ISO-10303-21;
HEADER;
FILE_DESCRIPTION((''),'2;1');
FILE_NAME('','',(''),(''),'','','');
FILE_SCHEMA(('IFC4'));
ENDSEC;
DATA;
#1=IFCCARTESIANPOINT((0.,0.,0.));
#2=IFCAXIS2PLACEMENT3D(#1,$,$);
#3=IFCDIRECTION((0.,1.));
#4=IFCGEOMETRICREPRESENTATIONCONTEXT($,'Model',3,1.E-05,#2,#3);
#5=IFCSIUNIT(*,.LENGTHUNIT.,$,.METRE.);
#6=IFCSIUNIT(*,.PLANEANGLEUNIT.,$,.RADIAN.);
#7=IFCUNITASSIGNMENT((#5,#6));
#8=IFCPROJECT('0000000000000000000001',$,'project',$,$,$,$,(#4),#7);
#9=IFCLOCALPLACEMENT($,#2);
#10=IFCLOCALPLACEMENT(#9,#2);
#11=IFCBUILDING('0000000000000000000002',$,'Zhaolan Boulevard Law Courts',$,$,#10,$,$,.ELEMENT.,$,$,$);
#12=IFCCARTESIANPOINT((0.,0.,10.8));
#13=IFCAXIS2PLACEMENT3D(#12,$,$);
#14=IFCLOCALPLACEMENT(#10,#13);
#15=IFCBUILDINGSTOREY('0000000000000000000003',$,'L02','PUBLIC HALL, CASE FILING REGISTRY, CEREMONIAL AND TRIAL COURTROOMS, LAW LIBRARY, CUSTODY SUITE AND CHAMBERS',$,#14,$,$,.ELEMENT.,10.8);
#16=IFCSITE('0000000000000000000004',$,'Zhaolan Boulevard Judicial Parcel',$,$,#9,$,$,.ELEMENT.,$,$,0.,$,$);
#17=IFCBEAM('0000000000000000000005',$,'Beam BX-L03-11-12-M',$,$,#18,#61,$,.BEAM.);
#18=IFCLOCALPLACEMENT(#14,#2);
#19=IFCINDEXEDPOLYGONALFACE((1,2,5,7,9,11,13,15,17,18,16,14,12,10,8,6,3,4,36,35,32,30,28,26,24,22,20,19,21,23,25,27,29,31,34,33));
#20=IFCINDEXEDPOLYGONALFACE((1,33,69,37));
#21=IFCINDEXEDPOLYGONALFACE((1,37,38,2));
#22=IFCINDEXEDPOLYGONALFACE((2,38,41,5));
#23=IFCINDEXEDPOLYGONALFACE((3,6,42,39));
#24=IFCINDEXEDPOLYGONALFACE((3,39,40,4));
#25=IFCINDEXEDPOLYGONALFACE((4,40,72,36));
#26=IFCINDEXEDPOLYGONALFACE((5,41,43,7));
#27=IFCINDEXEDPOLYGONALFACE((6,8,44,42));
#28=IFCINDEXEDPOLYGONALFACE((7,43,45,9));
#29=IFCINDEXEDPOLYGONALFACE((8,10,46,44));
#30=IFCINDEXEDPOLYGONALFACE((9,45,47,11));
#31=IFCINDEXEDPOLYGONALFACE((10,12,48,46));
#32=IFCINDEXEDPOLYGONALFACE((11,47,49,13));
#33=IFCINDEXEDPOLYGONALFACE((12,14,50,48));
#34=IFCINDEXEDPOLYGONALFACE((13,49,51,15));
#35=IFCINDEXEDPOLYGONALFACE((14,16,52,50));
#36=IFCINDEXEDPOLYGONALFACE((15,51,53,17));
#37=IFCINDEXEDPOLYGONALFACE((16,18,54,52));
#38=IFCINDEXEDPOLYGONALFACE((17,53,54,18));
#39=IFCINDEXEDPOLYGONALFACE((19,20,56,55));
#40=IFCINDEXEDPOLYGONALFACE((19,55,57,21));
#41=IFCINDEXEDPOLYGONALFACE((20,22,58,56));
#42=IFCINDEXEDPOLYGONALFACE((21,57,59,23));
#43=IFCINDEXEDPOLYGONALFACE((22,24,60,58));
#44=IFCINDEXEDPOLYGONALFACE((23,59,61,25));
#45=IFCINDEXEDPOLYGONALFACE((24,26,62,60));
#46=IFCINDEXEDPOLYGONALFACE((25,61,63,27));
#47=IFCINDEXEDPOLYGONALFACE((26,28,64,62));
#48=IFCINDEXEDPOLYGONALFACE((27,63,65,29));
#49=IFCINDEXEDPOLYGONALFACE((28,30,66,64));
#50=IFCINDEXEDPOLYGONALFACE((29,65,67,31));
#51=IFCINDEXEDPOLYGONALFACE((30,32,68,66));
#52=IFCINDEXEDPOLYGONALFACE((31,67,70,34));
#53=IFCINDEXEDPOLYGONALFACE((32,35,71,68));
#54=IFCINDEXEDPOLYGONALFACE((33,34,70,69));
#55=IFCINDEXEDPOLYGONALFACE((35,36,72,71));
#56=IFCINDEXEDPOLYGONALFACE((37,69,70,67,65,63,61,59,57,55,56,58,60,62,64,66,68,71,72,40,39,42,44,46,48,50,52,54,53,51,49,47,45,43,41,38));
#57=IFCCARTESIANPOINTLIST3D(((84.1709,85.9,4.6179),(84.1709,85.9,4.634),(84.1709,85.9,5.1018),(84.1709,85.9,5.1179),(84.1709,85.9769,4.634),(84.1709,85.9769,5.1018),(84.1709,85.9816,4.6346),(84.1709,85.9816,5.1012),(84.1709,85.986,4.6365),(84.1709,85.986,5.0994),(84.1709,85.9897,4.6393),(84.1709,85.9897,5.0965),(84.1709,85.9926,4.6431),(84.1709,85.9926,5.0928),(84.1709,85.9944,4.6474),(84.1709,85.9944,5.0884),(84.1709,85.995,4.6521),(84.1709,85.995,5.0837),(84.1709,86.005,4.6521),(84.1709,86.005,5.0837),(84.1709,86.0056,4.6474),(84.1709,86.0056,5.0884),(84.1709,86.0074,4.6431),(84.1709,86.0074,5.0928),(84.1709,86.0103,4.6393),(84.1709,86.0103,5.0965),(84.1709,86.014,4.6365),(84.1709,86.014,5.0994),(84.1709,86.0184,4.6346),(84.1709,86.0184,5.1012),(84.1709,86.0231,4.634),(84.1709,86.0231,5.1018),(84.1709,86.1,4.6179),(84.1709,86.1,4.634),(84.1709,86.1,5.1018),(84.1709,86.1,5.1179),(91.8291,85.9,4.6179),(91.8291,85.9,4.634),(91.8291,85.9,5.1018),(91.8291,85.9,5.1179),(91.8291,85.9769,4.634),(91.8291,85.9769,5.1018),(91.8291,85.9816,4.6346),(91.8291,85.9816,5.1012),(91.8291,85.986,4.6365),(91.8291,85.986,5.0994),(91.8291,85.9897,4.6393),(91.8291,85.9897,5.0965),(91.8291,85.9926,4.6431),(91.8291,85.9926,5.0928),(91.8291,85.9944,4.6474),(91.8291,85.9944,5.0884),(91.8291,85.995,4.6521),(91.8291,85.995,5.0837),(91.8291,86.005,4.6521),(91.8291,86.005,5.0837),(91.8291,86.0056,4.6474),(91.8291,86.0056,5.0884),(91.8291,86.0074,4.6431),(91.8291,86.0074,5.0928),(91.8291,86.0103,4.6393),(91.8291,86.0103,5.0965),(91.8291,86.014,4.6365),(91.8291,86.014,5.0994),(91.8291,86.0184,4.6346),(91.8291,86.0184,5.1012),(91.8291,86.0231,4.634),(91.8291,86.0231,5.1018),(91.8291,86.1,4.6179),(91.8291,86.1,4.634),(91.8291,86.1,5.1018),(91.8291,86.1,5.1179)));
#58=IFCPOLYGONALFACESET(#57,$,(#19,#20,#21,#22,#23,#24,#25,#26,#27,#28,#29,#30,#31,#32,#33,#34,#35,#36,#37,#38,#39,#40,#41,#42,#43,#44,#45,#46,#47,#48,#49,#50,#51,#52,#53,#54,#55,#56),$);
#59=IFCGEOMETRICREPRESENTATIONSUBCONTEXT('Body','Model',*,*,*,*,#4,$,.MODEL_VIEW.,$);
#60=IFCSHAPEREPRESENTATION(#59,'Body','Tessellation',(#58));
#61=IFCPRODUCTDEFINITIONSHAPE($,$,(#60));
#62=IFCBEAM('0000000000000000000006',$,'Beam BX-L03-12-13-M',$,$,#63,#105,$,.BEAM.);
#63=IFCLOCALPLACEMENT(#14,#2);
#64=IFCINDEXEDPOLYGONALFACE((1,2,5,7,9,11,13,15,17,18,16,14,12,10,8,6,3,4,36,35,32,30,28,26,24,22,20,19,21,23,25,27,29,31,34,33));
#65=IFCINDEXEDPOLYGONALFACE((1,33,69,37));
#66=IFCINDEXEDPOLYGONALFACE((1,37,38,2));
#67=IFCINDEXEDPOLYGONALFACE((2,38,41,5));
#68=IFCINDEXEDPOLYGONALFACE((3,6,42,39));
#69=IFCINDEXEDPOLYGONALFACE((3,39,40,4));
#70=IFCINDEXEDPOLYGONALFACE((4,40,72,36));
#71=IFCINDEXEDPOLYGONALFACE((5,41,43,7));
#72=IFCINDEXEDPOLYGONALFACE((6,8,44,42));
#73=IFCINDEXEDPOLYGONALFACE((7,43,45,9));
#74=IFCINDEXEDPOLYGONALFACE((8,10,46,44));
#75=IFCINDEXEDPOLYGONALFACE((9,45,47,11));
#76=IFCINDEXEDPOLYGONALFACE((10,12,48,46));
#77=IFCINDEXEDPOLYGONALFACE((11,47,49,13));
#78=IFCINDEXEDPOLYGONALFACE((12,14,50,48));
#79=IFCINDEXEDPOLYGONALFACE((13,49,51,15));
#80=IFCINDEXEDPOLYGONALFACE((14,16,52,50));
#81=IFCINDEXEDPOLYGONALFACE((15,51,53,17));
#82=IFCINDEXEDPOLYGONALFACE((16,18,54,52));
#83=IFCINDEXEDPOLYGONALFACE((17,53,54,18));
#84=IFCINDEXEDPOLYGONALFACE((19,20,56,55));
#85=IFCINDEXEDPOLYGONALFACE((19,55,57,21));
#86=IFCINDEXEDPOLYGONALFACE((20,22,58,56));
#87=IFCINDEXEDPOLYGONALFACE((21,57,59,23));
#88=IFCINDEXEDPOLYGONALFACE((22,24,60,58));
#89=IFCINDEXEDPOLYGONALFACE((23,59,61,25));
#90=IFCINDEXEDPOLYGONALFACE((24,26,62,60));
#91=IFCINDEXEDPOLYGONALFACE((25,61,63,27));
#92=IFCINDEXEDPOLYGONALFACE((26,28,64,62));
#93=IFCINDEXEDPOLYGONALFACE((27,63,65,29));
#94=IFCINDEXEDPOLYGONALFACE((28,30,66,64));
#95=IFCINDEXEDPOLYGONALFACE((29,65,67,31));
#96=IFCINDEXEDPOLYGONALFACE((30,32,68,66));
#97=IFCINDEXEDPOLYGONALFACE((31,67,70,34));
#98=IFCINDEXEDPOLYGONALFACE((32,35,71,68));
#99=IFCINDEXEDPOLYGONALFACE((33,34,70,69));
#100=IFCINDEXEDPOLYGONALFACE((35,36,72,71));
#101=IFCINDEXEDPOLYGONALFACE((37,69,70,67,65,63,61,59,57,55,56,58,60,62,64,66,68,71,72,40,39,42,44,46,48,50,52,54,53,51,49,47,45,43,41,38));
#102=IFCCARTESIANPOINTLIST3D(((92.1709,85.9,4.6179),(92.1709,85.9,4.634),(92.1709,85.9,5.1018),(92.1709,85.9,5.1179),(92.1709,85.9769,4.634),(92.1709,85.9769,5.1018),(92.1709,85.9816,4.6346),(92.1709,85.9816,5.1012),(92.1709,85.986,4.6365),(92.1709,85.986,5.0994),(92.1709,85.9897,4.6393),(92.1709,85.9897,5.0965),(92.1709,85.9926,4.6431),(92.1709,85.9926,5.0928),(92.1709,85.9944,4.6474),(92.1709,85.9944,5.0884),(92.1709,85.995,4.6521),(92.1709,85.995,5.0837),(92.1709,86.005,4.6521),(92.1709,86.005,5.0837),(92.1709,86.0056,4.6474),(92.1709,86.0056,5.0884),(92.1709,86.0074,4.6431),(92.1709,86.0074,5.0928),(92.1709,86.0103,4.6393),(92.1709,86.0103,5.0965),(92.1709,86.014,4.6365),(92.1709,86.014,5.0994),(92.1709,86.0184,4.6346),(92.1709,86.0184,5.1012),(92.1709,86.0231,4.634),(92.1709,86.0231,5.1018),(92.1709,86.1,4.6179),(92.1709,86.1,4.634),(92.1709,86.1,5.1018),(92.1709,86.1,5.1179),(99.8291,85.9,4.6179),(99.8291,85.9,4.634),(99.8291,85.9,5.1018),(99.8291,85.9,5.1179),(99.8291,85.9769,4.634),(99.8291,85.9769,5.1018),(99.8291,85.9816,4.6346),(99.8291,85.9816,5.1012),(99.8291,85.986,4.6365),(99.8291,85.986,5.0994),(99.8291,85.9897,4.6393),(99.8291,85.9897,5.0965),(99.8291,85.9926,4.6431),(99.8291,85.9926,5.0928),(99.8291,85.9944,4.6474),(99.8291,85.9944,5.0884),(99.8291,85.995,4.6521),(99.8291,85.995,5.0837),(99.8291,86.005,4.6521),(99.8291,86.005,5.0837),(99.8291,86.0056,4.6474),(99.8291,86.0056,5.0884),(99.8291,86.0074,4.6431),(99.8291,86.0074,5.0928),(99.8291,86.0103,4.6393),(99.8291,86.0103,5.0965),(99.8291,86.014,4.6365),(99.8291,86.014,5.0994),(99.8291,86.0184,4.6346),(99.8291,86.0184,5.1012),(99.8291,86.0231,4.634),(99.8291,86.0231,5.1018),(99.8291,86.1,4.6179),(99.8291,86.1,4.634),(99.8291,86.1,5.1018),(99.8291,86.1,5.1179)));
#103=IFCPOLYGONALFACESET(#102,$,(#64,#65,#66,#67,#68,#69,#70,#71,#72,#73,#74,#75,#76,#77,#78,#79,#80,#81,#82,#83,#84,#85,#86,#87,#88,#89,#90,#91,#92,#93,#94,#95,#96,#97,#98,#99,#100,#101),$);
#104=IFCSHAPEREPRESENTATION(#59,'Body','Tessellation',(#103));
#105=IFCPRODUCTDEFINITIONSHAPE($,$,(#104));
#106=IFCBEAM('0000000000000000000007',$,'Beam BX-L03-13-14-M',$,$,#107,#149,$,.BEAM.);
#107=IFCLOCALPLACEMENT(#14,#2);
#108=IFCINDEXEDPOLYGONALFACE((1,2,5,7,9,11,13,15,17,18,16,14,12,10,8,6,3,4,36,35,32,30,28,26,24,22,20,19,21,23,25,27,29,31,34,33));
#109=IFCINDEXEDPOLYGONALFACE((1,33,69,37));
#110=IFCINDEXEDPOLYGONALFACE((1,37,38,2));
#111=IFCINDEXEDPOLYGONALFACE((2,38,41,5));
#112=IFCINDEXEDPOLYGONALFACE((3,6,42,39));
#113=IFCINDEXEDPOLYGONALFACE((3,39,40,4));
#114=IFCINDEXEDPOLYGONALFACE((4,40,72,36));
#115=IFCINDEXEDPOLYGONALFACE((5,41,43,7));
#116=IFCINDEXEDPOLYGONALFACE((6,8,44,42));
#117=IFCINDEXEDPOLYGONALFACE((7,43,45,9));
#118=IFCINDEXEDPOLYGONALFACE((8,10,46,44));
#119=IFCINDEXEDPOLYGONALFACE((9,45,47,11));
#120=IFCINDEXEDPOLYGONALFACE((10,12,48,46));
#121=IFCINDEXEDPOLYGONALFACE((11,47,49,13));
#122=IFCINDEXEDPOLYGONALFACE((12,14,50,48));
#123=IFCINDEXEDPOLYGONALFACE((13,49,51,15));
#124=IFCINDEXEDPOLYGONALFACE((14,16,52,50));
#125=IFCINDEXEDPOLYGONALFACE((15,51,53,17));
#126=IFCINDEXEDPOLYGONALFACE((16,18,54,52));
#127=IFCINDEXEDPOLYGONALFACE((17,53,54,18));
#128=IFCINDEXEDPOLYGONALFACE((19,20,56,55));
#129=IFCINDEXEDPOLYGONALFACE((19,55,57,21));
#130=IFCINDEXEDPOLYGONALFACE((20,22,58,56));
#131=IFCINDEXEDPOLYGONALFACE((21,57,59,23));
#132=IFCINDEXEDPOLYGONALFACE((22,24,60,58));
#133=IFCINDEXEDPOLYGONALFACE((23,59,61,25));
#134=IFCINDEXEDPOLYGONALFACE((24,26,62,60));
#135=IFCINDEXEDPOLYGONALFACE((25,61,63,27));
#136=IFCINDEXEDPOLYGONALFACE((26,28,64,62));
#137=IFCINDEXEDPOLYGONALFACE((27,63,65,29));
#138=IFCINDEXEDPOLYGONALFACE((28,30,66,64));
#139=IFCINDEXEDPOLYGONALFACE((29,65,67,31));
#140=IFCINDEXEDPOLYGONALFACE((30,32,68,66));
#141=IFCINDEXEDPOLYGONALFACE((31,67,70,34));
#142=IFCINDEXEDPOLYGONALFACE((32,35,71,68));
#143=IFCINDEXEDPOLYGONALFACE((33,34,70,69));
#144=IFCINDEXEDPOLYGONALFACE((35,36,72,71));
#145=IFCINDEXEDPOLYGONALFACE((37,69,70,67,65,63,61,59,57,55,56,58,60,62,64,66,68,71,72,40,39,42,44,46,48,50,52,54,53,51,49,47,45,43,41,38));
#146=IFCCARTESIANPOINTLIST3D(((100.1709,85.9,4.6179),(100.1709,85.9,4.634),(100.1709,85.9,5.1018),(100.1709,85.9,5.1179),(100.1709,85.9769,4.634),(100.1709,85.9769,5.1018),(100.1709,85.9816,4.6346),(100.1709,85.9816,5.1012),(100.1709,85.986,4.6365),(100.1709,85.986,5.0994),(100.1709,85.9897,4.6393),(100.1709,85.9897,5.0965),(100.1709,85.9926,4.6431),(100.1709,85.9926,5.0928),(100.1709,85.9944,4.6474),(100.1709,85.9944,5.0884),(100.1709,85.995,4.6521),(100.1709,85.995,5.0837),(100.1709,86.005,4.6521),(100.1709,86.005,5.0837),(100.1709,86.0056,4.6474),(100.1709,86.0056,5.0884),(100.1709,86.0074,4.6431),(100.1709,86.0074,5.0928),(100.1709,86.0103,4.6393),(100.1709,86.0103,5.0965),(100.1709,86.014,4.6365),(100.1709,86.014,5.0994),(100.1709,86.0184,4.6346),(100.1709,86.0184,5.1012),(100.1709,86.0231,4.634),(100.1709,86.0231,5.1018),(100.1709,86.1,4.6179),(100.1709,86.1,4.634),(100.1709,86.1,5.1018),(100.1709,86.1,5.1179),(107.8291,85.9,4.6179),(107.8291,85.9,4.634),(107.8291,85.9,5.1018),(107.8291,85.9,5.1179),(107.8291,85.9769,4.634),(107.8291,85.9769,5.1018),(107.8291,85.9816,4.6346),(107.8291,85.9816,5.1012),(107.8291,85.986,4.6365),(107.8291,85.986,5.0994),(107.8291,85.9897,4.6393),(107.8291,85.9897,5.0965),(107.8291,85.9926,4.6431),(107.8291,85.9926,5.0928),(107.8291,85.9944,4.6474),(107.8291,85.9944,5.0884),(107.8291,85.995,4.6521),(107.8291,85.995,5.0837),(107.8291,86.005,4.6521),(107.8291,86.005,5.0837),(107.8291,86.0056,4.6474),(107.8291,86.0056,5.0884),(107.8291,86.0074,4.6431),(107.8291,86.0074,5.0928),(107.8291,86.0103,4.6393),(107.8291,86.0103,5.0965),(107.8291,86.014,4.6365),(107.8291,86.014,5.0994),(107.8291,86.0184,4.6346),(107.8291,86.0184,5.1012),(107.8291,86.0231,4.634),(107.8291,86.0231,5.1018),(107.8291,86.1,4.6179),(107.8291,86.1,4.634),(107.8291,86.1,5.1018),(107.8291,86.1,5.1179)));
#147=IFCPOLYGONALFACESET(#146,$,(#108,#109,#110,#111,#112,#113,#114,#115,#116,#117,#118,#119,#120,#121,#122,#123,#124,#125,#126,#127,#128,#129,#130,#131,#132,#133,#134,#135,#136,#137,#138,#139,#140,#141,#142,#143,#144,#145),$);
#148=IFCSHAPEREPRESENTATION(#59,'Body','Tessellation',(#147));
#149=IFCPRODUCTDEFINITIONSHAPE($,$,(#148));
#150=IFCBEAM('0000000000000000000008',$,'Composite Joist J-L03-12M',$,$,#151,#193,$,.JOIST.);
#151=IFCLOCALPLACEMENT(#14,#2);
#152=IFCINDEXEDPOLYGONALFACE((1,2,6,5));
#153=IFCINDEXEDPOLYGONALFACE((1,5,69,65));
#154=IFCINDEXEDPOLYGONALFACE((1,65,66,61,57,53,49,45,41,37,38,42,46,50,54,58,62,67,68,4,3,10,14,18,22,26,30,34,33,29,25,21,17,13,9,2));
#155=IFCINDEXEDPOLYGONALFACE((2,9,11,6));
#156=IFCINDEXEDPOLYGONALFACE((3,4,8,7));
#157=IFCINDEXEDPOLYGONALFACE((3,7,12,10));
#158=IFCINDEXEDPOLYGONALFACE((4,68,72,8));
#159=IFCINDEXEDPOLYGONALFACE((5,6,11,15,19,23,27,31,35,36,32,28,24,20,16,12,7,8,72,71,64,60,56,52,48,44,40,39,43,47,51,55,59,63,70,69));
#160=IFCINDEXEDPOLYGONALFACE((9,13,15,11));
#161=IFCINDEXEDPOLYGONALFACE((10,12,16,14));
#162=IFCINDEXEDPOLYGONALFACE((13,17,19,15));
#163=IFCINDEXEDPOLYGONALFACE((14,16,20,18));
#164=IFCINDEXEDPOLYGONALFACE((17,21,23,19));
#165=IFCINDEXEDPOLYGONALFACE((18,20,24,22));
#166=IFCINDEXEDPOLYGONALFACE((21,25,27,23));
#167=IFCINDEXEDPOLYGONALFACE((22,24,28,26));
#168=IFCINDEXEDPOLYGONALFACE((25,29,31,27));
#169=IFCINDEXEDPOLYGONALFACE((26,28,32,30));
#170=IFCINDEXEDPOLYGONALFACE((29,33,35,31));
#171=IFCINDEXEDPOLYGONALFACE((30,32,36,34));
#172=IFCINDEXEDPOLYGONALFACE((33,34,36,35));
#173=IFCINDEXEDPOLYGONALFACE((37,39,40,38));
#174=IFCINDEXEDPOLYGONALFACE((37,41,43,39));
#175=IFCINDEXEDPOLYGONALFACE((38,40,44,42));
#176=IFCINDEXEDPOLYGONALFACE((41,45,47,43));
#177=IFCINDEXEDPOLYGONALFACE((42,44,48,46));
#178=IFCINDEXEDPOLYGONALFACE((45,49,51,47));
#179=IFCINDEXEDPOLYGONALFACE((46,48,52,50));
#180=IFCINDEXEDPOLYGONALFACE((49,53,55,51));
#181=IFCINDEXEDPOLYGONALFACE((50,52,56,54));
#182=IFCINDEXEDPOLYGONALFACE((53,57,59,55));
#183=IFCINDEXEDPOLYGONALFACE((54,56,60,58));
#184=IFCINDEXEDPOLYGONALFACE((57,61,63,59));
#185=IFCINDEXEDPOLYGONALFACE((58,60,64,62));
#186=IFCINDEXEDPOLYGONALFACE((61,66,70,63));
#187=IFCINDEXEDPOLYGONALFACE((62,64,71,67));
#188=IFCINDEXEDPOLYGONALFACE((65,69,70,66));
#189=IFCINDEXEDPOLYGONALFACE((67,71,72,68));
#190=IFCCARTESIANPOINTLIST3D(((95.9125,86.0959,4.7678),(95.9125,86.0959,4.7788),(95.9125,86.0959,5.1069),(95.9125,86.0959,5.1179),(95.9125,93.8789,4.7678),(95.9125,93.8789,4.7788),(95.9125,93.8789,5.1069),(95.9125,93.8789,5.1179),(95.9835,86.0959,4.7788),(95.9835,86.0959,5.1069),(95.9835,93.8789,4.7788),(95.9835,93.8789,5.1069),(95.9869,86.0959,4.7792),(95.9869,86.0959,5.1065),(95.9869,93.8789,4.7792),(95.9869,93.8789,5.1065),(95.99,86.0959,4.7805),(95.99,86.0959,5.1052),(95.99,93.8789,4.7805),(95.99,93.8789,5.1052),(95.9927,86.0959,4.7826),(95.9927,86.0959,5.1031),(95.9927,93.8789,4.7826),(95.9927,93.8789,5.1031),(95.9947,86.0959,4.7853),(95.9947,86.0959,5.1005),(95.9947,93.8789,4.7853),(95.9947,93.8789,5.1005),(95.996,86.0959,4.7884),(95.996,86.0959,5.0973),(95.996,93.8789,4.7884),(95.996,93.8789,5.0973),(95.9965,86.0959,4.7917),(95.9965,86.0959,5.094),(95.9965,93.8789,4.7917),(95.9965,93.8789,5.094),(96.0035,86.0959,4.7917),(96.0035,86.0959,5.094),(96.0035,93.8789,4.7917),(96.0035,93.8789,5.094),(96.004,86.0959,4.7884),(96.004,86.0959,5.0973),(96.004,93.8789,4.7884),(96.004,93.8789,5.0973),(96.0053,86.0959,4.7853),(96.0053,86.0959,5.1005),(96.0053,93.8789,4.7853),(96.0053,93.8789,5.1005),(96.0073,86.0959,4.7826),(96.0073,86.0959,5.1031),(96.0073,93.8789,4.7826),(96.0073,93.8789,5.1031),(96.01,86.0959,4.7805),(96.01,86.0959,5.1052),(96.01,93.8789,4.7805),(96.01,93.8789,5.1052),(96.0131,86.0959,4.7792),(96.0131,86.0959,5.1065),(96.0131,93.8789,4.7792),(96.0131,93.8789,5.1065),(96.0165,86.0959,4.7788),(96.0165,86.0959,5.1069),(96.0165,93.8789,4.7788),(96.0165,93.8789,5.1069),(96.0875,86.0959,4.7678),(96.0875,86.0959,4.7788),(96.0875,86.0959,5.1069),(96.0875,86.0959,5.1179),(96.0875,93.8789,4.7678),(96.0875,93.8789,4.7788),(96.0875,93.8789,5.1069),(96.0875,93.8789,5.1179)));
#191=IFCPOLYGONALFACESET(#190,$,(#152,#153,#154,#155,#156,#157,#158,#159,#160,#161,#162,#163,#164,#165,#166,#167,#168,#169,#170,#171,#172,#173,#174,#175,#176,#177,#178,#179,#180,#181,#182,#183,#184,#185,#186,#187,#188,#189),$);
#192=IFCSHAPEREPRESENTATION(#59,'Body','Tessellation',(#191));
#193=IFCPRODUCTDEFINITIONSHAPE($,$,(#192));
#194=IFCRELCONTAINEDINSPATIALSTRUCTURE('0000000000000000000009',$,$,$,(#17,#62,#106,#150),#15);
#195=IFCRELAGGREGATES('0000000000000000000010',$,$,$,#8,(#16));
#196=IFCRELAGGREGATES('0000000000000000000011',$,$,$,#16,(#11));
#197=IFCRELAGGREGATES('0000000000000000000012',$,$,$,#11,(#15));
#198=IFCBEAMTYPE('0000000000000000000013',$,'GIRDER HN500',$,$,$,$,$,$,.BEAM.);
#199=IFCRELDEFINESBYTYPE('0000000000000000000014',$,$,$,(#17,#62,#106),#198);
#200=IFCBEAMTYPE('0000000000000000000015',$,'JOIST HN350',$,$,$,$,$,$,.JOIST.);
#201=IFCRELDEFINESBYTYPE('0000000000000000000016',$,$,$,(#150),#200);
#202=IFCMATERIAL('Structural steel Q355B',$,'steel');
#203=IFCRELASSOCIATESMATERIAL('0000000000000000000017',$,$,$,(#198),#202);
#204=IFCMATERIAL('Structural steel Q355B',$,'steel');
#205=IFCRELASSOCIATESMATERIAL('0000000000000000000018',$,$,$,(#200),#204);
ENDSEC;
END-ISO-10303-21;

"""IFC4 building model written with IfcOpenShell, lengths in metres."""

from ifc_helpers import new_model, si_unit, direction, frame, origin, origin_2d, place, context, subcontext, project, spatial, i_section, extrude, material, material_profile, profile_set, type_object, element, save


model = new_model("IFC4")

# Units and contexts
model_context = context("Model", 3, precision=1e-05, world=origin(), true_north=direction((0.0, 1.0)))
body_context = subcontext(model_context, "Body", "Model", "MODEL_VIEW")
ifc_project = project(units=[si_unit("LENGTHUNIT", "METRE"), si_unit("PLANEANGLEUNIT", "RADIAN")], contexts=[model_context])

# Site, building, storey
site_placement = place(None, origin())
site = spatial("IfcSite", under=ifc_project, at=site_placement, Name="Zhaolan Boulevard Judicial Parcel", CompositionType="ELEMENT", RefElevation=0.0)
building_placement = place(site_placement, origin())
building = spatial("IfcBuilding", under=site, at=building_placement, Name="Zhaolan Boulevard Law Courts", CompositionType="ELEMENT")
storey_placement = place(building_placement, frame((0.0, 0.0, 10.8)))
storey = spatial("IfcBuildingStorey", under=building, at=storey_placement, Name="L02", Description="PUBLIC HALL, CASE FILING REGISTRY, CEREMONIAL AND TRIAL COURTROOMS, LAW LIBRARY, CUSTODY SUITE AND CHAMBERS", CompositionType="ELEMENT", Elevation=10.8)

# Beams
ifc_material_1 = material(Name="Structural steel Q355B", Category="steel")
ifc_material_profile_1 = material_profile(ifc_material_1, i_section(OverallWidth=0.2, OverallDepth=0.5, WebThickness=0.01, FlangeThickness=0.0161, FilletRadius=0.0181, at=origin_2d()), Name="HN500x200")
ifc_profile_set_1 = profile_set([ifc_material_profile_1], Name="Structural steel Q355B")
beam_type_1 = type_object("IfcBeamType", Name="GIRDER HN500", PredefinedType="BEAM", material=ifc_profile_set_1)
for number, where, z_axis, x_axis, name in (
    (1, (84.1709, 86.0, 4.8679), (1.0, 0.0, 0.0), (0.0, 1.0, 0.0), "Beam BX-L03-11-12-M"),
    (2, (92.1709, 86.0, 4.8679), (1.0, 0.0, 0.0), (0.0, 1.0, 0.0), "Beam BX-L03-12-13-M"),
    (3, (100.1709, 86.0, 4.8679), (1.0, 0.0, 0.0), (0.0, 1.0, 0.0), "Beam BX-L03-13-14-M"),
):
    element("IfcBeam", number, at=place(storey_placement, frame(where, z_axis=z_axis, x_axis=x_axis)), inside=storey, type_object=beam_type_1, Name=name, PredefinedType="BEAM", context=body_context, shape_type="SweptSolid", body=[
        extrude(i_section(OverallWidth=0.2, OverallDepth=0.5, WebThickness=0.01, FlangeThickness=0.0161, FilletRadius=0.0181, at=origin_2d()), origin(), (0.0, 0.0, 1.0), 7.6582),
    ])
ifc_material_2 = material(Name="Structural steel Q355B", Category="steel")
ifc_material_profile_2 = material_profile(ifc_material_2, i_section(OverallWidth=0.175, OverallDepth=0.3501, WebThickness=0.0071, FlangeThickness=0.011, FilletRadius=0.0129, at=origin_2d()), Name="HN350x175")
ifc_profile_set_2 = profile_set([ifc_material_profile_2], Name="Structural steel Q355B")
beam_type_2 = type_object("IfcBeamType", Name="JOIST HN350", PredefinedType="JOIST", material=ifc_profile_set_2)
beam_1_placement = place(storey_placement, frame((96.0, 86.0959, 4.9429), z_axis=(0.0, 1.0, 0.0), x_axis=(-1.0, 0.0, 0.0)))
element("IfcBeam", 4, at=beam_1_placement, inside=storey, type_object=beam_type_2, Name="Composite Joist J-L03-12M", PredefinedType="JOIST", context=body_context, shape_type="SweptSolid", body=[
    extrude(i_section(OverallWidth=0.175, OverallDepth=0.3501, WebThickness=0.0071, FlangeThickness=0.011, FilletRadius=0.0129, at=origin_2d()), origin(), (0.0, 0.0, 1.0), 7.783),
])

save(model, "model.ifc")
